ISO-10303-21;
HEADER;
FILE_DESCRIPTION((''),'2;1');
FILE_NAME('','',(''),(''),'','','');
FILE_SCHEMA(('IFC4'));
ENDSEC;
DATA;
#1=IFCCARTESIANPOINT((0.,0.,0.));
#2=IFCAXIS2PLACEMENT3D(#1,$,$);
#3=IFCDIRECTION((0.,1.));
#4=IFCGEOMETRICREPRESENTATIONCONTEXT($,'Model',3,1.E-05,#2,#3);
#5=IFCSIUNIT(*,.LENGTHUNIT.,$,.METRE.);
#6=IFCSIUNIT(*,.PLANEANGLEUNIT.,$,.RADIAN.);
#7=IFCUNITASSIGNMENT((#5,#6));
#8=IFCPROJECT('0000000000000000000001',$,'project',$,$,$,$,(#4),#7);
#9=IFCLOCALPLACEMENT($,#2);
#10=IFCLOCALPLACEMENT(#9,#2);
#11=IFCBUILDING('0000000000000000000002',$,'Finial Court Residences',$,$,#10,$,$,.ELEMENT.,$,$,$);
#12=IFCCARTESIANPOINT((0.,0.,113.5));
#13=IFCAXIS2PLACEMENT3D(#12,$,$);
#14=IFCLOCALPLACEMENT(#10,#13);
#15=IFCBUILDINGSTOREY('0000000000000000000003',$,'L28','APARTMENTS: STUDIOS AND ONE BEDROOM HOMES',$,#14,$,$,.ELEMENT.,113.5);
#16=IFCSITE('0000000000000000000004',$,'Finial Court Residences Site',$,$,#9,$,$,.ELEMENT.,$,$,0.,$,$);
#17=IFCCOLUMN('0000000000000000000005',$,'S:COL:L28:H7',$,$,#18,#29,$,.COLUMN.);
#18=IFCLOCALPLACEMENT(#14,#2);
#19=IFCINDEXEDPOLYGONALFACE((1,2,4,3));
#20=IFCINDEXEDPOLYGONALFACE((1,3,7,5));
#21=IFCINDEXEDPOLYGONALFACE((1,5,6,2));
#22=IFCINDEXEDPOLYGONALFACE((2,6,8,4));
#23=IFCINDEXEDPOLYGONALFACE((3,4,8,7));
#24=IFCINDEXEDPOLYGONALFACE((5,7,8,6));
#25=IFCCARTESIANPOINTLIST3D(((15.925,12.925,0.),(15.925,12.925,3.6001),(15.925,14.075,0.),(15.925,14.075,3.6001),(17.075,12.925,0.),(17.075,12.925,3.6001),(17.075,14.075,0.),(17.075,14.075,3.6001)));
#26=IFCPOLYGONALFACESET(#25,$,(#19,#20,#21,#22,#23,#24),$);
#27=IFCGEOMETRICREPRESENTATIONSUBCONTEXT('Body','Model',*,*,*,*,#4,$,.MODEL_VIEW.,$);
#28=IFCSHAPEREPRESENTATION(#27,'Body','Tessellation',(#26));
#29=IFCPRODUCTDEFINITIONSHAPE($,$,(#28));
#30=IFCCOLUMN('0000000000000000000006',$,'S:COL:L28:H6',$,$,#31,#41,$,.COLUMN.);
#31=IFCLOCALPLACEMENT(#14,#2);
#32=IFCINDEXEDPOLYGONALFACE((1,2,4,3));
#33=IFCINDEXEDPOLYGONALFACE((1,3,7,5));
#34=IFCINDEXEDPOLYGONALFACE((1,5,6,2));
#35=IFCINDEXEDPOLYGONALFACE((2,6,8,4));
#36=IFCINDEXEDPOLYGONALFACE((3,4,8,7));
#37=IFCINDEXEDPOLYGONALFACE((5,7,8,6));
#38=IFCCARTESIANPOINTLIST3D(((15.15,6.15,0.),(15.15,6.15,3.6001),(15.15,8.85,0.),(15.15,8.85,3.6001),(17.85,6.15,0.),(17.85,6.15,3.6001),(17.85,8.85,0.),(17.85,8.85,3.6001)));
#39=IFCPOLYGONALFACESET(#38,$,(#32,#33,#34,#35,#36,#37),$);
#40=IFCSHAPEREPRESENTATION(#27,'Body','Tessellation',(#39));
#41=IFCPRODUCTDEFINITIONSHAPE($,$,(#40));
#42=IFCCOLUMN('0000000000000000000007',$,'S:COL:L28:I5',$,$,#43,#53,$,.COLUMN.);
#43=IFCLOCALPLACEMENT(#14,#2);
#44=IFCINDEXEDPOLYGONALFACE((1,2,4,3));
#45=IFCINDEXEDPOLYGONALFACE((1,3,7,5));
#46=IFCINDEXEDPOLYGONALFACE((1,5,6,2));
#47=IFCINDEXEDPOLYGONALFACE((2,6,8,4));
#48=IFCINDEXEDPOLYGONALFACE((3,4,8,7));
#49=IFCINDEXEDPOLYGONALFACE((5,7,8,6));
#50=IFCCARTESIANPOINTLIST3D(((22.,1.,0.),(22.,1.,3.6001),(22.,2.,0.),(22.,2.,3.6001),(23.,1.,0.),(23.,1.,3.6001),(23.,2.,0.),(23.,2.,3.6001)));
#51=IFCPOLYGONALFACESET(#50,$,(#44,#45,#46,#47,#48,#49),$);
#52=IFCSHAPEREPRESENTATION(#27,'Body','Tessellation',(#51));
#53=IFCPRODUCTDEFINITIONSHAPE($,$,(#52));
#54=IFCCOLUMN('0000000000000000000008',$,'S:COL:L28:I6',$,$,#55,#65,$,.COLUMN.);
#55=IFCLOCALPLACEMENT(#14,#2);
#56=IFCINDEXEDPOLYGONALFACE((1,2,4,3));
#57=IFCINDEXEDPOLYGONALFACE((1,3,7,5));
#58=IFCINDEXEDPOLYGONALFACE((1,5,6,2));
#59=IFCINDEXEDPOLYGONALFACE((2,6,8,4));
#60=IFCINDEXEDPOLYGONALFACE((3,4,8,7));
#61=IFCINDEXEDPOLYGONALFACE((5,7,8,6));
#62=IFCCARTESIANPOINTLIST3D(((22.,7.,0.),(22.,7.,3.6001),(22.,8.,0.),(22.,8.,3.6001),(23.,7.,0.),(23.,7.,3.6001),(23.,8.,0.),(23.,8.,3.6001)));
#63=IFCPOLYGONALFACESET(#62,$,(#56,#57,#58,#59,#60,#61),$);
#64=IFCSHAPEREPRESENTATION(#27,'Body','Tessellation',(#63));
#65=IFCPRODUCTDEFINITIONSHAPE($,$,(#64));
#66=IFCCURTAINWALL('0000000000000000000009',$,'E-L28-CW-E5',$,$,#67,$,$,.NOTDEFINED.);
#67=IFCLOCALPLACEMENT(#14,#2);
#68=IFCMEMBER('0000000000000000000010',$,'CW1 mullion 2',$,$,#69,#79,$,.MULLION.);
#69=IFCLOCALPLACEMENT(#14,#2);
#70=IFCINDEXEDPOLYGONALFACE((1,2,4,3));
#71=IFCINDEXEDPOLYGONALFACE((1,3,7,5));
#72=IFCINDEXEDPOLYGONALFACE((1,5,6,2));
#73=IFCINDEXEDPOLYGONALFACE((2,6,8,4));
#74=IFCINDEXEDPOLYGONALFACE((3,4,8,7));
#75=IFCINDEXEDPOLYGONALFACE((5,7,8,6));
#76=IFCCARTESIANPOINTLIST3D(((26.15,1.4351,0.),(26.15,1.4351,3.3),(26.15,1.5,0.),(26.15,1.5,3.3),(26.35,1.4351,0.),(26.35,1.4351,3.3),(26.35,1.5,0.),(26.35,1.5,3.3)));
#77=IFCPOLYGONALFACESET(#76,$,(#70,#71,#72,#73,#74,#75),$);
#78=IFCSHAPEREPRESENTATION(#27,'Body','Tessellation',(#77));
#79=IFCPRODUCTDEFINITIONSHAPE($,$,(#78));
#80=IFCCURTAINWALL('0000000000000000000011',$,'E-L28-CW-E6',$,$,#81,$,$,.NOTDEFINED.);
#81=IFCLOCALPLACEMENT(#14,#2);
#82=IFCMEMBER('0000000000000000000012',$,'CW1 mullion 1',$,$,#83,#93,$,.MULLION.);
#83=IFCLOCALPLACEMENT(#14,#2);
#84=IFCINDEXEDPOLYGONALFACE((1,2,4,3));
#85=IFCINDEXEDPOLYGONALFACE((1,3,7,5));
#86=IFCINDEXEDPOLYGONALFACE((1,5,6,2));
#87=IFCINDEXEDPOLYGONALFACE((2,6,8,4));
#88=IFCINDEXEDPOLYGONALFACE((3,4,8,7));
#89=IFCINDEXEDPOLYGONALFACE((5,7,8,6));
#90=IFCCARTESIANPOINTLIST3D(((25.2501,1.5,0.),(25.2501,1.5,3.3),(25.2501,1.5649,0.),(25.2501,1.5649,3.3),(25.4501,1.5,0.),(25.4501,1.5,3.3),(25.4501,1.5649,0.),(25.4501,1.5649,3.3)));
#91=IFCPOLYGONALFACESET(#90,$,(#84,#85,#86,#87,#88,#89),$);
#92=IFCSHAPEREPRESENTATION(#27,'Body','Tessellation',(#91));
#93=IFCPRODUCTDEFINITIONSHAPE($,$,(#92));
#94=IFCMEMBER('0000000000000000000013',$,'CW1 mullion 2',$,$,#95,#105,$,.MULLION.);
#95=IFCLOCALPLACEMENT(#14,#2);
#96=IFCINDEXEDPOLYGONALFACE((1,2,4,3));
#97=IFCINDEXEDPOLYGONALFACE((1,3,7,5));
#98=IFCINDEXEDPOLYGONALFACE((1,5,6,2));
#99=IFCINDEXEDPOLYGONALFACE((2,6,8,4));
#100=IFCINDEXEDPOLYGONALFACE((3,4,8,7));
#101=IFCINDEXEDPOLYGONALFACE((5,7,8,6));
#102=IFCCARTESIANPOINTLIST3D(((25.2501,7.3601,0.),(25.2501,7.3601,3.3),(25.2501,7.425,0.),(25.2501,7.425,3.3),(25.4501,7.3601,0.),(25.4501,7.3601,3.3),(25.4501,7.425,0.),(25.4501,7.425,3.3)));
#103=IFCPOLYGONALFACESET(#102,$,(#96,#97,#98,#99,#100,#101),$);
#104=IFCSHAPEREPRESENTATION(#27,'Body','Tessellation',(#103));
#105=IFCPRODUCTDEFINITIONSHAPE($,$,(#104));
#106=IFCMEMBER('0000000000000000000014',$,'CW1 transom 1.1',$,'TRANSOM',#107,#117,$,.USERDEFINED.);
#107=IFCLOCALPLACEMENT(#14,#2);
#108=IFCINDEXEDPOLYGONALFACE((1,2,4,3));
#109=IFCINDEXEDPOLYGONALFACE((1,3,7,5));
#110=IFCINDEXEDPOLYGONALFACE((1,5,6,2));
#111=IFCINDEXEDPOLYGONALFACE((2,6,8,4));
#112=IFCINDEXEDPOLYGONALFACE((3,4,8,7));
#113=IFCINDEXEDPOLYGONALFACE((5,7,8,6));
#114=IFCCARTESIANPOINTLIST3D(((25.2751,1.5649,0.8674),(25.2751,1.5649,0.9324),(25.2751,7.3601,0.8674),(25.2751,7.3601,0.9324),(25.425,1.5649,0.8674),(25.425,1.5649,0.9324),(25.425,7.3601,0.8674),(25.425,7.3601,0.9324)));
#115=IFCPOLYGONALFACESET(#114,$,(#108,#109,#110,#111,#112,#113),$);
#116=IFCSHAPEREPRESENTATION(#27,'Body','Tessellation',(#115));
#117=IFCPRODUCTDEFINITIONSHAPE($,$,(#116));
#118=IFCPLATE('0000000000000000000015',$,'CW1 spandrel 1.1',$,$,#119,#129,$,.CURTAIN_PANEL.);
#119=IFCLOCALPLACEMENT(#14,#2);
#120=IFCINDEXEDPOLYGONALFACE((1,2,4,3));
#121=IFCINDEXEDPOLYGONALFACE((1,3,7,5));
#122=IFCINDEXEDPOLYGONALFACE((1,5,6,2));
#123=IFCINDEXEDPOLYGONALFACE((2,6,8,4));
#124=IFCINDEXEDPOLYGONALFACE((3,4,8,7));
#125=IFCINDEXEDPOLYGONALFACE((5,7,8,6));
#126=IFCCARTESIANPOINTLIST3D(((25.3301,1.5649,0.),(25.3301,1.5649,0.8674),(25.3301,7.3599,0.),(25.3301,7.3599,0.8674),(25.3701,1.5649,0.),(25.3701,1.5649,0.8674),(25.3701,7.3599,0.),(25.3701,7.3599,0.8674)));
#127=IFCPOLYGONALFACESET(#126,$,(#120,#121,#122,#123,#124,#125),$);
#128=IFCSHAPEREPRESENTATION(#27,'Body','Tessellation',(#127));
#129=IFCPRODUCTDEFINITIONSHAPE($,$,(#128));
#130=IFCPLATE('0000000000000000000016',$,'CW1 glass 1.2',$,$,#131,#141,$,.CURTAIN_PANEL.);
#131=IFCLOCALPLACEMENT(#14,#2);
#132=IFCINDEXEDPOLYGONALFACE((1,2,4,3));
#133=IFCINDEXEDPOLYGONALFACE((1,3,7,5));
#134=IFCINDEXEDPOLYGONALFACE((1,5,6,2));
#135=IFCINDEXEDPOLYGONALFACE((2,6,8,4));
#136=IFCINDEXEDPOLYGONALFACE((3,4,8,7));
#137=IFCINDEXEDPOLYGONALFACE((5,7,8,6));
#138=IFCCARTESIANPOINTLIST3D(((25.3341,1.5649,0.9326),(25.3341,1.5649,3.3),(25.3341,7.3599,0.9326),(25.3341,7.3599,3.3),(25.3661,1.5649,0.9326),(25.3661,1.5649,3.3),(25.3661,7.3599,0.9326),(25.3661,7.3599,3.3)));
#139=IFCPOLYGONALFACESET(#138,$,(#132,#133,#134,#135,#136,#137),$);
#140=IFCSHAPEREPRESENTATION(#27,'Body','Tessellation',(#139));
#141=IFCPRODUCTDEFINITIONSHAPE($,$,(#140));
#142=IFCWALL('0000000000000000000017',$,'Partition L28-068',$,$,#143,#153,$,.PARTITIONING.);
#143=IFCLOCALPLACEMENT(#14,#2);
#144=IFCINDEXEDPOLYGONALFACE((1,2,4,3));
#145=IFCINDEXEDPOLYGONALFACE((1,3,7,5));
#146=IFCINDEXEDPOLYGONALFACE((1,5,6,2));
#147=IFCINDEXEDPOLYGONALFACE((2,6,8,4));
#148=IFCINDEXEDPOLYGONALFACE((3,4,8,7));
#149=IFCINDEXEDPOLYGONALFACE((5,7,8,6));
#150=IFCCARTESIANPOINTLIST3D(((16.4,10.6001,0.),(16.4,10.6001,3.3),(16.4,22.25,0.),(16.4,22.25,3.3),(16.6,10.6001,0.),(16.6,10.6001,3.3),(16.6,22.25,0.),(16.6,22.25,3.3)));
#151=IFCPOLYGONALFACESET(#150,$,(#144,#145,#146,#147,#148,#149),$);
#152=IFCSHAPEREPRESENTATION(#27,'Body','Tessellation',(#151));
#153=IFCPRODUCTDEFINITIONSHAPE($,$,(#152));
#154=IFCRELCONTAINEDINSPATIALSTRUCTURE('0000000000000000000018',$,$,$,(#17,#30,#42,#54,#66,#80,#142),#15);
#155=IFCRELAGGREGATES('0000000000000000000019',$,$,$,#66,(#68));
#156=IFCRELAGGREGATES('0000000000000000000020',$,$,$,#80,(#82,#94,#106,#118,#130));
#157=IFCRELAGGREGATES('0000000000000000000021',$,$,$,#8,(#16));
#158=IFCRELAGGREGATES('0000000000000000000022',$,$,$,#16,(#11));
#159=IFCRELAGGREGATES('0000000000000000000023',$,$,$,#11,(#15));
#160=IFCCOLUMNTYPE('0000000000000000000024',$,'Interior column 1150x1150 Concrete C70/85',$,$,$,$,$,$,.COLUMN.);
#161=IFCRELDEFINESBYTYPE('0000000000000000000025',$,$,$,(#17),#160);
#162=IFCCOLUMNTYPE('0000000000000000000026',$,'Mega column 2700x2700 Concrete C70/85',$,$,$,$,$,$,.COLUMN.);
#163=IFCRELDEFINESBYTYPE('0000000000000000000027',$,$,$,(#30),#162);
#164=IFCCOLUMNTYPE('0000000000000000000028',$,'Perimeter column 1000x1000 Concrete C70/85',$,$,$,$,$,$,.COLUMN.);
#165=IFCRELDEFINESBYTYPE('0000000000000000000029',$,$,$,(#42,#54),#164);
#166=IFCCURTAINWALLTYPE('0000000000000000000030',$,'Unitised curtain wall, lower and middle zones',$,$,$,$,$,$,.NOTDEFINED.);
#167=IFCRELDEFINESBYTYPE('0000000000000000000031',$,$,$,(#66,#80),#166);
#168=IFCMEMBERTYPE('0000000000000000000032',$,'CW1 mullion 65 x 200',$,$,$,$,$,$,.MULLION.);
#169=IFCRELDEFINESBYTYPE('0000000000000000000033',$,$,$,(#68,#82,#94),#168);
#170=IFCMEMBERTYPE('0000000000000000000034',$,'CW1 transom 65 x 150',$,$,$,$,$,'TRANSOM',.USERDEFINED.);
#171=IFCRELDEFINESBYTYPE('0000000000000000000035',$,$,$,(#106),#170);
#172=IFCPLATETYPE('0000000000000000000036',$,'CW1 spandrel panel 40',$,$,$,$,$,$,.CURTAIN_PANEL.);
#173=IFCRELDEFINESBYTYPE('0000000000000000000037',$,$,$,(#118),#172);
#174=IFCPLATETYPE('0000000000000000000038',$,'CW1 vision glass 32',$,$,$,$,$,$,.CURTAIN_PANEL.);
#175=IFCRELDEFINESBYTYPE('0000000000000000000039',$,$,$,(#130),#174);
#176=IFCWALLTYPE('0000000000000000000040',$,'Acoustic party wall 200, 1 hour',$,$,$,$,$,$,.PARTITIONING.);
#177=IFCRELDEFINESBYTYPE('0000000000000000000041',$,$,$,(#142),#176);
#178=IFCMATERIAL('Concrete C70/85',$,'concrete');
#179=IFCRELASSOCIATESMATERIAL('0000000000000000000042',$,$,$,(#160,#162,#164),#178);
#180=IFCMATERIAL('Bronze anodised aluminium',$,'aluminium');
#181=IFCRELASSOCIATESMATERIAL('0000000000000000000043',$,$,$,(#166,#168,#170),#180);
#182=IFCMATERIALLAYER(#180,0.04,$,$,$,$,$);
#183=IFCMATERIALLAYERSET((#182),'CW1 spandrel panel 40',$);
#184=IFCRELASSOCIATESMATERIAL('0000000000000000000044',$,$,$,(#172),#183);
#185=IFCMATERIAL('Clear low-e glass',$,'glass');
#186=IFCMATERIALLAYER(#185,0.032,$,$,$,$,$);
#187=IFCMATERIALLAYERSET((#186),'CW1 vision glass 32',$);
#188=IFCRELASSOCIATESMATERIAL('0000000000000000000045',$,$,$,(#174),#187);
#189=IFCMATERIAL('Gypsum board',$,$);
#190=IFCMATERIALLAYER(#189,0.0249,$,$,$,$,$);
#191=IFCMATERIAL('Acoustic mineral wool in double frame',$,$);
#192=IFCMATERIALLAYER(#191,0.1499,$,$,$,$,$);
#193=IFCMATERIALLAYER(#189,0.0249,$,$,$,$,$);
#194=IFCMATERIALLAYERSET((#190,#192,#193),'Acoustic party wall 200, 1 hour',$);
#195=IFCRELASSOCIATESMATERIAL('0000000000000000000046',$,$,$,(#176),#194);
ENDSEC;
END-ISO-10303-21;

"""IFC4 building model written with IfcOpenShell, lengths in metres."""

from ifc_helpers import new_model, si_unit, direction, frame, frame_2d, origin, origin_2d, place, context, subcontext, project, spatial, rectangle, extrude, material, layer, layer_set, material_profile, profile_set, type_object, element, aggregate, save


model = new_model("IFC4")

# Units and contexts
model_context = context("Model", 3, precision=1e-05, world=origin(), true_north=direction((0.0, 1.0)))
body_context = subcontext(model_context, "Body", "Model", "MODEL_VIEW")
ifc_project = project(units=[si_unit("LENGTHUNIT", "METRE"), si_unit("PLANEANGLEUNIT", "RADIAN")], contexts=[model_context])

# Site, building, storey
site_placement = place(None, origin())
site = spatial("IfcSite", under=ifc_project, at=site_placement, Name="Finial Court Residences Site", CompositionType="ELEMENT", RefElevation=0.0)
building_placement = place(site_placement, origin())
building = spatial("IfcBuilding", under=site, at=building_placement, Name="Finial Court Residences", CompositionType="ELEMENT")
storey_placement = place(building_placement, frame((0.0, 0.0, 113.5)))
storey = spatial("IfcBuildingStorey", under=building, at=storey_placement, Name="L28", Description="APARTMENTS: STUDIOS AND ONE BEDROOM HOMES", CompositionType="ELEMENT", Elevation=113.5)

# Columns
ifc_material_1 = material(Name="Concrete C70/85", Category="concrete")
ifc_material_profile_1 = material_profile(ifc_material_1, rectangle(XDim=1.1499, YDim=1.1499, at=origin_2d()), Name="1150x1150")
ifc_profile_set_1 = profile_set([ifc_material_profile_1], Name="Concrete C70/85")
column_type_1 = type_object("IfcColumnType", Name="Interior column 1150x1150 Concrete C70/85", PredefinedType="COLUMN", material=ifc_profile_set_1)
column_1_placement = place(storey_placement, frame((16.5, 13.5, 0.0), z_axis=(0.0, 0.0, 1.0), x_axis=(1.0, 0.0, 0.0)))
element("IfcColumn", 1, at=column_1_placement, inside=storey, type_object=column_type_1, Name="S:COL:L28:H7", PredefinedType="COLUMN", context=body_context, shape_type="SweptSolid", body=[
    extrude(rectangle(XDim=1.1499, YDim=1.1499, at=origin_2d()), origin(), (0.0, 0.0, 1.0), 3.6001),
])
ifc_material_profile_2 = material_profile(ifc_material_1, rectangle(XDim=2.7, YDim=2.7, at=origin_2d()), Name="2700x2700")
ifc_profile_set_2 = profile_set([ifc_material_profile_2], Name="Concrete C70/85")
column_type_2 = type_object("IfcColumnType", Name="Mega column 2700x2700 Concrete C70/85", PredefinedType="COLUMN", material=ifc_profile_set_2)
column_2_placement = place(storey_placement, frame((16.5, 7.5, 0.0), z_axis=(0.0, 0.0, 1.0), x_axis=(1.0, 0.0, 0.0)))
element("IfcColumn", 2, at=column_2_placement, inside=storey, type_object=column_type_2, Name="S:COL:L28:H6", PredefinedType="COLUMN", context=body_context, shape_type="SweptSolid", body=[
    extrude(rectangle(XDim=2.7, YDim=2.7, at=origin_2d()), origin(), (0.0, 0.0, 1.0), 3.6001),
])
ifc_material_profile_3 = material_profile(ifc_material_1, rectangle(XDim=1.0, YDim=1.0, at=origin_2d()), Name="1000x1000")
ifc_profile_set_3 = profile_set([ifc_material_profile_3], Name="Concrete C70/85")
column_type_3 = type_object("IfcColumnType", Name="Perimeter column 1000x1000 Concrete C70/85", PredefinedType="COLUMN", material=ifc_profile_set_3)
for number, where, z_axis, x_axis, name in (
    (3, (22.5, 1.5, 0.0), (0.0, 0.0, 1.0), (1.0, 0.0, 0.0), "S:COL:L28:I5"),
    (4, (22.5, 7.5, 0.0), (0.0, 0.0, 1.0), (1.0, 0.0, 0.0), "S:COL:L28:I6"),
):
    element("IfcColumn", number, at=place(storey_placement, frame(where, z_axis=z_axis, x_axis=x_axis)), inside=storey, type_object=column_type_3, Name=name, PredefinedType="COLUMN", context=body_context, shape_type="SweptSolid", body=[
        extrude(rectangle(XDim=1.0, YDim=1.0, at=origin_2d()), origin(), (0.0, 0.0, 1.0), 3.6001),
    ])

# Curtain wall, member
ifc_material_2 = material(Name="Bronze anodised aluminium", Category="aluminium")
curtain_wall_type = type_object("IfcCurtainWallType", Name="Unitised curtain wall, lower and middle zones", PredefinedType="NOTDEFINED", material=ifc_material_2)
curtain_wall_1_placement = place(storey_placement, origin())
curtain_wall_1 = element("IfcCurtainWall", 5, at=curtain_wall_1_placement, inside=storey, type_object=curtain_wall_type, Name="E-L28-CW-E5", PredefinedType="NOTDEFINED")
ifc_material_profile_4 = material_profile(ifc_material_2, rectangle(XDim=0.2, YDim=0.0649, at=origin_2d()), Name="CW1 mullion 65 x 200")
ifc_profile_set_4 = profile_set([ifc_material_profile_4], Name="Bronze anodised aluminium")
member_type_1 = type_object("IfcMemberType", Name="CW1 mullion 65 x 200", PredefinedType="MULLION", material=ifc_profile_set_4)
member_1_placement = place(storey_placement, frame((26.25, 1.4675, 0.0), z_axis=(0.0, 0.0, 1.0), x_axis=(-1.0, 0.0, 0.0)))
member_1 = element("IfcMember", 6, at=member_1_placement, type_object=member_type_1, Name="CW1 mullion 2", PredefinedType="MULLION", context=body_context, shape_type="SweptSolid", body=[
    extrude(rectangle(XDim=0.2, YDim=0.0649, at=origin_2d()), origin(), (0.0, 0.0, 1.0), 3.3),
])
aggregate(curtain_wall_1, [member_1])

# Curtain wall, members, plates
curtain_wall_2_placement = place(storey_placement, origin())
curtain_wall_2 = element("IfcCurtainWall", 7, at=curtain_wall_2_placement, inside=storey, type_object=curtain_wall_type, Name="E-L28-CW-E6", PredefinedType="NOTDEFINED")
member_2_placement = place(storey_placement, frame((25.3501, 1.5325, 0.0), z_axis=(0.0, 0.0, 1.0), x_axis=(-1.0, 0.0, 0.0)))
member_2 = element("IfcMember", 8, at=member_2_placement, type_object=member_type_1, Name="CW1 mullion 1", PredefinedType="MULLION", context=body_context, shape_type="SweptSolid", body=[
    extrude(rectangle(XDim=0.2, YDim=0.0649, at=origin_2d()), origin(), (0.0, 0.0, 1.0), 3.3),
])
member_3_placement = place(storey_placement, frame((25.3501, 7.3926, 0.0), z_axis=(0.0, 0.0, 1.0), x_axis=(-1.0, 0.0, 0.0)))
member_3 = element("IfcMember", 9, at=member_3_placement, type_object=member_type_1, Name="CW1 mullion 2", PredefinedType="MULLION", context=body_context, shape_type="SweptSolid", body=[
    extrude(rectangle(XDim=0.2, YDim=0.0649, at=origin_2d()), origin(), (0.0, 0.0, 1.0), 3.3),
])
ifc_material_profile_5 = material_profile(ifc_material_2, rectangle(XDim=0.1499, YDim=0.0649, at=origin_2d()), Name="CW1 transom 65 x 150")
ifc_profile_set_5 = profile_set([ifc_material_profile_5], Name="Bronze anodised aluminium")
member_type_2 = type_object("IfcMemberType", Name="CW1 transom 65 x 150", ElementType="TRANSOM", PredefinedType="USERDEFINED", material=ifc_profile_set_5)
member_4_placement = place(storey_placement, frame((25.3501, 1.5649, 0.8999), z_axis=(0.0, 1.0, 0.0), x_axis=(-1.0, 0.0, 0.0)))
member_4 = element("IfcMember", 10, at=member_4_placement, type_object=member_type_2, Name="CW1 transom 1.1", ObjectType="TRANSOM", PredefinedType="USERDEFINED", context=body_context, shape_type="SweptSolid", body=[
    extrude(rectangle(XDim=0.1499, YDim=0.0649, at=origin_2d()), origin(), (0.0, 0.0, 1.0), 5.7952),
])
ifc_layer_1 = layer(ifc_material_2, 0.04)
ifc_layer_set_1 = layer_set([ifc_layer_1], Name="CW1 spandrel panel 40")
plate_type_1 = type_object("IfcPlateType", Name="CW1 spandrel panel 40", PredefinedType="CURTAIN_PANEL", material=ifc_layer_set_1)
plate_1_placement = place(storey_placement, frame((25.3501, 4.4624, 0.0), z_axis=(0.0, 0.0, 1.0), x_axis=(0.0, 1.0, 0.0)))
plate_1 = element("IfcPlate", 11, at=plate_1_placement, type_object=plate_type_1, Name="CW1 spandrel 1.1", PredefinedType="CURTAIN_PANEL", context=body_context, shape_type="SweptSolid", body=[
    extrude(rectangle(XDim=5.7949, YDim=0.04, at=origin_2d()), origin(), (0.0, 0.0, 1.0), 0.8674),
])
ifc_material_3 = material(Name="Clear low-e glass", Category="glass")
ifc_layer_2 = layer(ifc_material_3, 0.032)
ifc_layer_set_2 = layer_set([ifc_layer_2], Name="CW1 vision glass 32")
plate_type_2 = type_object("IfcPlateType", Name="CW1 vision glass 32", PredefinedType="CURTAIN_PANEL", material=ifc_layer_set_2)
plate_2_placement = place(storey_placement, frame((25.3501, 4.4624, 0.9326), z_axis=(0.0, 0.0, 1.0), x_axis=(0.0, 1.0, 0.0)))
plate_2 = element("IfcPlate", 12, at=plate_2_placement, type_object=plate_type_2, Name="CW1 glass 1.2", PredefinedType="CURTAIN_PANEL", context=body_context, shape_type="SweptSolid", body=[
    extrude(rectangle(XDim=5.7949, YDim=0.032, at=origin_2d()), origin(), (0.0, 0.0, 1.0), 2.3674),
])
aggregate(curtain_wall_2, [member_2, member_3, member_4, plate_1, plate_2])

# Wall
ifc_material_4 = material(Name="Gypsum board")
ifc_layer_3 = layer(ifc_material_4, 0.0249)
ifc_material_5 = material(Name="Acoustic mineral wool in double frame")
ifc_layer_4 = layer(ifc_material_5, 0.1499)
ifc_layer_5 = layer(ifc_material_4, 0.0249)
ifc_layer_set_3 = layer_set([ifc_layer_3, ifc_layer_4, ifc_layer_5], Name="Acoustic party wall 200, 1 hour")
wall_type_1 = type_object("IfcWallType", Name="Acoustic party wall 200, 1 hour", PredefinedType="PARTITIONING", material=ifc_layer_set_3)
wall_1_placement = place(storey_placement, frame((16.5, 10.6001, 0.0), z_axis=(0.0, 0.0, 1.0), x_axis=(0.0, 1.0, 0.0)))
element("IfcWall", 13, at=wall_1_placement, inside=storey, type_object=wall_type_1, Name="Partition L28-068", PredefinedType="PARTITIONING", context=body_context, shape_type="SweptSolid", body=[
    extrude(rectangle(XDim=11.6499, YDim=0.2, at=frame_2d((5.825, 0.0))), origin(), (0.0, 0.0, 1.0), 3.3),
])

save(model, "model.ifc")
